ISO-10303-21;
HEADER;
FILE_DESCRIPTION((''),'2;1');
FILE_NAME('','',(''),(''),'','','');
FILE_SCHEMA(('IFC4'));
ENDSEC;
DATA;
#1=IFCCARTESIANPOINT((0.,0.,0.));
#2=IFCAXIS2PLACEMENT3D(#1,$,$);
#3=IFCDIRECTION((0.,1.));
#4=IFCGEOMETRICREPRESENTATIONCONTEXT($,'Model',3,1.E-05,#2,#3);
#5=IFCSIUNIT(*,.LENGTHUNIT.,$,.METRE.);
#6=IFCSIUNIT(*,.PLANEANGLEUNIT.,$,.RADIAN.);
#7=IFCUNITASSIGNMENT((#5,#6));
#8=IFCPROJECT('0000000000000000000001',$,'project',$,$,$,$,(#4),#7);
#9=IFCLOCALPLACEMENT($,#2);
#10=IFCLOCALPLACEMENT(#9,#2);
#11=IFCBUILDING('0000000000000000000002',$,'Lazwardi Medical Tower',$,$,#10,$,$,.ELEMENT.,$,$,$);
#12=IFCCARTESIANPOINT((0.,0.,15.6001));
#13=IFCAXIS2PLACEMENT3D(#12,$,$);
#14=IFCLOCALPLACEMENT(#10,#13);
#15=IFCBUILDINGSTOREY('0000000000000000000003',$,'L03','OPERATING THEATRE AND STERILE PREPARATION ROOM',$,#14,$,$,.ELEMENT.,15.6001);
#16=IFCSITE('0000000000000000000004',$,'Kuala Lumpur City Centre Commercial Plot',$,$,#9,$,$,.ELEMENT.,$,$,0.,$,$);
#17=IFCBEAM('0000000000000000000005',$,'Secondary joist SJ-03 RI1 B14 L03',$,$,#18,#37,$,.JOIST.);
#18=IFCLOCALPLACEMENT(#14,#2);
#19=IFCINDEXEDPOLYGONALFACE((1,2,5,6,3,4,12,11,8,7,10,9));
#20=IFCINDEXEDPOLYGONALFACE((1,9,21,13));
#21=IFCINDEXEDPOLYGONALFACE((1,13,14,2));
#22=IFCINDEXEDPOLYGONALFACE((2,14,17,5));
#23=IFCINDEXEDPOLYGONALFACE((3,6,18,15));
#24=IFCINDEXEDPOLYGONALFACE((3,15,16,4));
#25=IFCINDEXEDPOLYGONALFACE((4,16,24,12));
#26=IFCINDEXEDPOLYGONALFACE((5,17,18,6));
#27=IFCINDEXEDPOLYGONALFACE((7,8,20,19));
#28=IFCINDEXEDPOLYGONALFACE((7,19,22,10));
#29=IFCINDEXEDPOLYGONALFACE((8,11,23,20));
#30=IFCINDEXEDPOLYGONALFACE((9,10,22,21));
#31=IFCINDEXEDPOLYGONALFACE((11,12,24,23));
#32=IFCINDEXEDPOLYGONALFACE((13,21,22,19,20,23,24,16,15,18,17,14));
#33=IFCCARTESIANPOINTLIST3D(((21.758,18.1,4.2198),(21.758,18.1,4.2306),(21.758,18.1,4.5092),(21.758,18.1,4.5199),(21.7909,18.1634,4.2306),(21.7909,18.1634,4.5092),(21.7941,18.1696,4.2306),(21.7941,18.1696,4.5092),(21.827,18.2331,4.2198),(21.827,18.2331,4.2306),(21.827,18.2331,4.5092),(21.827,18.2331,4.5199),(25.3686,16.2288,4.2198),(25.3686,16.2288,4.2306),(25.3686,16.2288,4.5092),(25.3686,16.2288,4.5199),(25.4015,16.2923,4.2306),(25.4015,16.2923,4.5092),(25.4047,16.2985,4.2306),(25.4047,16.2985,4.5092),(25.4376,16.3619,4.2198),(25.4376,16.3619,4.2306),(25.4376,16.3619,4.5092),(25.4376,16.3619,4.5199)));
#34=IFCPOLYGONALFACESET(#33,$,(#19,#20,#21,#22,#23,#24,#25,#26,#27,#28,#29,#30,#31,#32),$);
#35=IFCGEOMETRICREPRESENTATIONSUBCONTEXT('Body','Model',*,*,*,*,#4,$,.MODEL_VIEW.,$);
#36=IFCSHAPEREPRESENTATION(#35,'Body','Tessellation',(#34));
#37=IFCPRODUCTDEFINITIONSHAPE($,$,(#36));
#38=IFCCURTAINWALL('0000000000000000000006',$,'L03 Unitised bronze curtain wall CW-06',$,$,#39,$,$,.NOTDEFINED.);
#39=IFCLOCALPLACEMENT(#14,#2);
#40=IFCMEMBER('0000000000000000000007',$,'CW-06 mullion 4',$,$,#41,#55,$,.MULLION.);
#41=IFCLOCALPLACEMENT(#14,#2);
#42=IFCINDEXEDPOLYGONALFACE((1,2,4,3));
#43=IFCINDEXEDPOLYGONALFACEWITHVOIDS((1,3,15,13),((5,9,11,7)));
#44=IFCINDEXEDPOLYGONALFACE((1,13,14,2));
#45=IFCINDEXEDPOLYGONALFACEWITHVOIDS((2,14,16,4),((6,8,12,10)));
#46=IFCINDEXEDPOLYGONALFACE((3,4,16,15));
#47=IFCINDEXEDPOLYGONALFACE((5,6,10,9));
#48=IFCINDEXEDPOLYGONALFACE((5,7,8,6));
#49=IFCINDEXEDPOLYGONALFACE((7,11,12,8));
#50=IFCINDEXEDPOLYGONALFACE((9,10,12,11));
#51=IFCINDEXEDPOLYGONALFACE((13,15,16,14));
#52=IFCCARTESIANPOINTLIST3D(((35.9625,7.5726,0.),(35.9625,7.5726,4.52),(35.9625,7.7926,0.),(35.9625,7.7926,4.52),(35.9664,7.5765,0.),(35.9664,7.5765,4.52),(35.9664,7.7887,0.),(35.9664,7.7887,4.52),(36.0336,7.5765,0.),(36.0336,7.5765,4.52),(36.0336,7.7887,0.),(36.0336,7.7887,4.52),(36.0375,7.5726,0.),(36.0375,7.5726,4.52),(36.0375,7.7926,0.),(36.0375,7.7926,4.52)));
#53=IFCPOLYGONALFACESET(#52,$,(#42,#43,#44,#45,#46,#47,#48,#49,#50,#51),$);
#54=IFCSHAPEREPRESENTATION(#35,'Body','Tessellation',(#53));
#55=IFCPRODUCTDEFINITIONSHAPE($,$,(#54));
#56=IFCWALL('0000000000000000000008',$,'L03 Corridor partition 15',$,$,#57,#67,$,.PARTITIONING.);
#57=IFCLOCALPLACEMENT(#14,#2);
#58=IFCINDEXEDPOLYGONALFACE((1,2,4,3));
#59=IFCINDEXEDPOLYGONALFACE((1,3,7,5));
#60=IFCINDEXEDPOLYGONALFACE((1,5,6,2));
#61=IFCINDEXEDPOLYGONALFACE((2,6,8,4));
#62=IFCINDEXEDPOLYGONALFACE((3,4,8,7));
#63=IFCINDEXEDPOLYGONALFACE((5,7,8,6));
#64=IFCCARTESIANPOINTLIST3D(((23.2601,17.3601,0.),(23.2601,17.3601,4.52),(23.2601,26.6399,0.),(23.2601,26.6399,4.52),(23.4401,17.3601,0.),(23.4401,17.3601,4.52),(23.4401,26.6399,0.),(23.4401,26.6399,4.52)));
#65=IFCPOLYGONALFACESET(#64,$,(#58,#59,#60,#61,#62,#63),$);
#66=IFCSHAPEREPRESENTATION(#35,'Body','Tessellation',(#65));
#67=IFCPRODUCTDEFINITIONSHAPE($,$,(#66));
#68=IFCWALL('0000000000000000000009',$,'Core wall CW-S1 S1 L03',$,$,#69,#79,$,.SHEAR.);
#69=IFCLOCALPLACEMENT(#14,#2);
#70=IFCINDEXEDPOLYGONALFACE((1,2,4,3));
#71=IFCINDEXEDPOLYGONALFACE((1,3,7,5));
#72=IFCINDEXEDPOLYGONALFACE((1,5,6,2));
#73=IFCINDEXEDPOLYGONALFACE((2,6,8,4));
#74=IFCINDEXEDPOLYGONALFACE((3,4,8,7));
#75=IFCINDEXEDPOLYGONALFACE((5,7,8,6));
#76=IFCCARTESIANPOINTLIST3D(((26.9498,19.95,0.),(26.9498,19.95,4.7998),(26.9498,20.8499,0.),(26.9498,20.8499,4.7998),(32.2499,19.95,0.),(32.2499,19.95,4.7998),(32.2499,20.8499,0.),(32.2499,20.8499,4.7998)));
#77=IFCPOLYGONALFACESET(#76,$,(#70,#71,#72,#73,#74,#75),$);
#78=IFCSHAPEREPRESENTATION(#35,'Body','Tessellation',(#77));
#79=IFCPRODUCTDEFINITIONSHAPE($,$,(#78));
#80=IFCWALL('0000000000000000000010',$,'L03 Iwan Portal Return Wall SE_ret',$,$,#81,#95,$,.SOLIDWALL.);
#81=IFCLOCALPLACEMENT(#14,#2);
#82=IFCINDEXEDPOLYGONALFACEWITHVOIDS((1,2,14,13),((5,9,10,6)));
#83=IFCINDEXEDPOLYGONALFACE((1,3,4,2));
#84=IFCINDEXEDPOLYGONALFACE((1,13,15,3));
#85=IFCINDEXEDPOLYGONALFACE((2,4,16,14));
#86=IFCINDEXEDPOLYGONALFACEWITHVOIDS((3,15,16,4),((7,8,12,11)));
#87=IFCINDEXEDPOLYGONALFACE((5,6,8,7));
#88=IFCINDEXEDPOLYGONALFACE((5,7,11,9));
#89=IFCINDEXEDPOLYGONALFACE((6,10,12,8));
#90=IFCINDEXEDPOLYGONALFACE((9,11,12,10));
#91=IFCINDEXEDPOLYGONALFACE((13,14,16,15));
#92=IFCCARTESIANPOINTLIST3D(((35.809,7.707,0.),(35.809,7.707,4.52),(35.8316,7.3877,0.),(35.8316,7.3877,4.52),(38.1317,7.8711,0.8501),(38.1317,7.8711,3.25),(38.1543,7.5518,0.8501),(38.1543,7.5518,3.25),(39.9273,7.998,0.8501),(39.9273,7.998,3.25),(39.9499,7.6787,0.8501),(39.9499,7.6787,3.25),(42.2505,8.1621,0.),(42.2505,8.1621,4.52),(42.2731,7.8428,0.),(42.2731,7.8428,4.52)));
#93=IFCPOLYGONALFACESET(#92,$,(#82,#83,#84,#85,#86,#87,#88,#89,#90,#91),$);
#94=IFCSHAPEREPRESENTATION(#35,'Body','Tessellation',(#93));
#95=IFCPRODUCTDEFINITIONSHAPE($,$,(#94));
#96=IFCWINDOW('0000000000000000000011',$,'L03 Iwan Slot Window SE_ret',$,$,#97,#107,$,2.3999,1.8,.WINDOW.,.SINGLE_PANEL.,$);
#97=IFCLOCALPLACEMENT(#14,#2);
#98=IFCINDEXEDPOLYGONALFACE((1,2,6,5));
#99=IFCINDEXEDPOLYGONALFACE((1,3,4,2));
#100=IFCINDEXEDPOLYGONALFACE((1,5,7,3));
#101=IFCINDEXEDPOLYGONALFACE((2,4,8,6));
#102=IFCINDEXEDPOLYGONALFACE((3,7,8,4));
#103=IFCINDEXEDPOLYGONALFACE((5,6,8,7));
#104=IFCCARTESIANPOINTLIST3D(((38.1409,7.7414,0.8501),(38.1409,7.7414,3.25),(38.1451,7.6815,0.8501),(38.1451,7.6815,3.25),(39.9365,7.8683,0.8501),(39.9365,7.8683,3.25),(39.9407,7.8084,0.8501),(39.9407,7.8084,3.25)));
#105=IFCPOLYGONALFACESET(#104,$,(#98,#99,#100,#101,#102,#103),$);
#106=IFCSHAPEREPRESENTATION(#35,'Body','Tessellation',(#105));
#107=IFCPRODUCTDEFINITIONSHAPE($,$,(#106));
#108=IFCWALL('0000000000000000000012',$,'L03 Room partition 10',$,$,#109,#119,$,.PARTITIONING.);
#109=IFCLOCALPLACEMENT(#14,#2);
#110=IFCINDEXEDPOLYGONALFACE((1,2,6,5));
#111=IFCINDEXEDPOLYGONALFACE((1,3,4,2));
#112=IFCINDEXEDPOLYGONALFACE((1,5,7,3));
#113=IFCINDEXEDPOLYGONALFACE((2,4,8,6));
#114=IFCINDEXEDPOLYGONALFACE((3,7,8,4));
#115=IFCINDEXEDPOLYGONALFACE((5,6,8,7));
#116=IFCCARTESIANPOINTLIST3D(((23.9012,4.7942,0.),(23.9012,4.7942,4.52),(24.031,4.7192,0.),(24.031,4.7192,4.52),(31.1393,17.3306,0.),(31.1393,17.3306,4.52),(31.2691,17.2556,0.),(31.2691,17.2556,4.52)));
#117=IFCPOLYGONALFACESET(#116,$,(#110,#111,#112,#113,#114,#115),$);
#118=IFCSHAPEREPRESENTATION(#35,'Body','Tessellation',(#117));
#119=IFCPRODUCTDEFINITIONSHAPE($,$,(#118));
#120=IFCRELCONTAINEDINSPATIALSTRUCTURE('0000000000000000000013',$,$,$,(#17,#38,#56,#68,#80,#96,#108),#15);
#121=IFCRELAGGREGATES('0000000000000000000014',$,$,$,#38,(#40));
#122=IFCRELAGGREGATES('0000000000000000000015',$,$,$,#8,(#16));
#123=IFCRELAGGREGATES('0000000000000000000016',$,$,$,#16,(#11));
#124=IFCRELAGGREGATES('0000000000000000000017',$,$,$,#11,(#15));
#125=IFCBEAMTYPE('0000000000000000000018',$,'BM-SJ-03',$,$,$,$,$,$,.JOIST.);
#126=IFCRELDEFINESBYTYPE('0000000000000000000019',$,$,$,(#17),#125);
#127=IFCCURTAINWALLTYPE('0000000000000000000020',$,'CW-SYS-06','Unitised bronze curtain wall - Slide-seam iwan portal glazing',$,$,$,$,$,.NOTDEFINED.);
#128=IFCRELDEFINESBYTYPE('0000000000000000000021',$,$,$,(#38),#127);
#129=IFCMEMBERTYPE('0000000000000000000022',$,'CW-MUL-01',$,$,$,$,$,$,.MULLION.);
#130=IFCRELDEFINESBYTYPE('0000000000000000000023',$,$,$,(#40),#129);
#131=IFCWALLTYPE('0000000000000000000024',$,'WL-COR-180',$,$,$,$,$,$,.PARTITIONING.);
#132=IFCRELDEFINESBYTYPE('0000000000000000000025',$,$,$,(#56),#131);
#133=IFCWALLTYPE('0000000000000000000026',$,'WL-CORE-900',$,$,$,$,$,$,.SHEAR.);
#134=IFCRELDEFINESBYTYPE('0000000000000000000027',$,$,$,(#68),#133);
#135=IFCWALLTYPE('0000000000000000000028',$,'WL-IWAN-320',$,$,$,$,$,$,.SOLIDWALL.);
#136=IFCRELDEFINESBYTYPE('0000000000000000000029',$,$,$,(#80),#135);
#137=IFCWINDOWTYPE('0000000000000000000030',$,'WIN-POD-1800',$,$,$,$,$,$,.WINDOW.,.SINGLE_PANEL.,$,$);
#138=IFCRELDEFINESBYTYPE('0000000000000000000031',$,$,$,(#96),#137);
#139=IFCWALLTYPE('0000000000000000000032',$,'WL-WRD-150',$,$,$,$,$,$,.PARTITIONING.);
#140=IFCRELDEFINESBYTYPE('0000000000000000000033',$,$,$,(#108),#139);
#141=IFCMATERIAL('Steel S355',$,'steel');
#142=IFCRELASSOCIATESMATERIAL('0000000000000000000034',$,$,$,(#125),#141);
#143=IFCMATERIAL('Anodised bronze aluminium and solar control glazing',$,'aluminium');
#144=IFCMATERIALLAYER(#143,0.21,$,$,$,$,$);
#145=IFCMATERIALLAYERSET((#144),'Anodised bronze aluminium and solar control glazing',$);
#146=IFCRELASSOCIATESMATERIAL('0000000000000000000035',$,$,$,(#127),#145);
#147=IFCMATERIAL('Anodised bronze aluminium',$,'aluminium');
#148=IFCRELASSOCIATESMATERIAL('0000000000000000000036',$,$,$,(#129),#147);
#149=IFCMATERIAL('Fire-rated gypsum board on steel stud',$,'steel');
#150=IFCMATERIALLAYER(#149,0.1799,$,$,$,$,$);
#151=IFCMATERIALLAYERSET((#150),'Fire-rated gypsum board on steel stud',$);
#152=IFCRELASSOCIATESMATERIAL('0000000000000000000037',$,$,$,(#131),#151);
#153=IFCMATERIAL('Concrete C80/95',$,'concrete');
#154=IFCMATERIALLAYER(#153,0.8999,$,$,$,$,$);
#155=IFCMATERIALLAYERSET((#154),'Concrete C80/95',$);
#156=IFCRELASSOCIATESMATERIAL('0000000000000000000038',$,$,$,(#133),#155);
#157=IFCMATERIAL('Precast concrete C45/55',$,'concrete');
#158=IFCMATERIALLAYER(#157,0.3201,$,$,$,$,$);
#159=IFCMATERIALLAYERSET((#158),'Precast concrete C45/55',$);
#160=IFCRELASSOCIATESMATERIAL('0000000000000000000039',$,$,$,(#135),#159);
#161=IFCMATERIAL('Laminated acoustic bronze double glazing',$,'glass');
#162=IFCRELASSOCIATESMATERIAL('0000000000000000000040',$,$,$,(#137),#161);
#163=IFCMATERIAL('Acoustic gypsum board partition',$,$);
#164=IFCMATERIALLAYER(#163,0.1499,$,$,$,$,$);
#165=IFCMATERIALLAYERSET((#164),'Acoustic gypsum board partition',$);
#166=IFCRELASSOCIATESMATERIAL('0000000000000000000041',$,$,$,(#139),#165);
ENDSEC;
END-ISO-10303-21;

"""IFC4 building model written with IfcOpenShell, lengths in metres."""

from ifc_helpers import new_model, si_unit, direction, frame, frame_2d, origin, origin_2d, place, context, subcontext, project, spatial, rectangle, hollow_rectangle, i_section, extrude, material, layer, layer_set, material_profile, profile_set, type_object, element, fill, aggregate, save


model = new_model("IFC4")

# Units and contexts
model_context = context("Model", 3, precision=1e-05, world=origin(), true_north=direction((0.0, 1.0)))
body_context = subcontext(model_context, "Body", "Model", "MODEL_VIEW")
ifc_project = project(units=[si_unit("LENGTHUNIT", "METRE"), si_unit("PLANEANGLEUNIT", "RADIAN")], contexts=[model_context])

# Site, building, storey
site_placement = place(None, origin())
site = spatial("IfcSite", under=ifc_project, at=site_placement, Name="Kuala Lumpur City Centre Commercial Plot", CompositionType="ELEMENT", RefElevation=0.0)
building_placement = place(site_placement, origin())
building = spatial("IfcBuilding", under=site, at=building_placement, Name="Lazwardi Medical Tower", CompositionType="ELEMENT")
storey_placement = place(building_placement, frame((0.0, 0.0, 15.6001)))
storey = spatial("IfcBuildingStorey", under=building, at=storey_placement, Name="L03", Description="OPERATING THEATRE AND STERILE PREPARATION ROOM", CompositionType="ELEMENT", Elevation=15.6001)

# Shared definitions
ifc_material_1 = material(Name="Concrete C80/95", Category="concrete")

# Beam
ifc_material_2 = material(Name="Steel S355", Category="steel")
ifc_material_profile_1 = material_profile(ifc_material_2, i_section(OverallWidth=0.1499, OverallDepth=0.3, WebThickness=0.0071, FlangeThickness=0.0107, at=origin_2d()), Name="IPE 300")
ifc_profile_set_1 = profile_set([ifc_material_profile_1], Name="Steel S355")
beam_type_1 = type_object("IfcBeamType", Name="BM-SJ-03", PredefinedType="JOIST", material=ifc_profile_set_1)
beam_1_placement = place(storey_placement, frame((21.7925, 18.1665, 4.3699), z_axis=(0.887862, -0.46011, 0.0), x_axis=(0.46011, 0.887862, 0.0)))
element("IfcBeam", 1, at=beam_1_placement, inside=storey, type_object=beam_type_1, Name="Secondary joist SJ-03 RI1 B14 L03", PredefinedType="JOIST", context=body_context, shape_type="SweptSolid", body=[
    extrude(i_section(OverallWidth=0.1499, OverallDepth=0.3, WebThickness=0.0071, FlangeThickness=0.0107, at=origin_2d()), origin(), (0.0, 0.0, 1.0), 4.0667),
])

# Curtain wall, member
ifc_material_3 = material(Name="Anodised bronze aluminium and solar control glazing", Category="aluminium")
ifc_layer_1 = layer(ifc_material_3, 0.21)
ifc_layer_set_1 = layer_set([ifc_layer_1], Name="Anodised bronze aluminium and solar control glazing")
curtain_wall_type = type_object("IfcCurtainWallType", Name="CW-SYS-06", Description="Unitised bronze curtain wall - Slide-seam iwan portal glazing", PredefinedType="NOTDEFINED", material=ifc_layer_set_1)
curtain_wall_placement = place(storey_placement, origin())
curtain_wall = element("IfcCurtainWall", 2, at=curtain_wall_placement, inside=storey, type_object=curtain_wall_type, Name="L03 Unitised bronze curtain wall CW-06", PredefinedType="NOTDEFINED")
ifc_material_4 = material(Name="Anodised bronze aluminium", Category="aluminium")
ifc_material_profile_2 = material_profile(ifc_material_4, hollow_rectangle(XDim=0.075, YDim=0.22, WallThickness=0.0039, at=origin_2d()), Name="ALU-MULLION 220x75x4")
ifc_profile_set_2 = profile_set([ifc_material_profile_2], Name="Anodised bronze aluminium")
member_type = type_object("IfcMemberType", Name="CW-MUL-01", PredefinedType="MULLION", material=ifc_profile_set_2)
member_placement = place(storey_placement, frame((36.0, 7.6826, 0.0), z_axis=(0.0, 0.0, 1.0), x_axis=(-1.0, 0.0, 0.0)))
member = element("IfcMember", 3, at=member_placement, type_object=member_type, Name="CW-06 mullion 4", PredefinedType="MULLION", context=body_context, shape_type="SweptSolid", body=[
    extrude(hollow_rectangle(XDim=0.075, YDim=0.22, WallThickness=0.0039, at=origin_2d()), origin(), (0.0, 0.0, 1.0), 4.52),
])
aggregate(curtain_wall, [member])

# Walls
ifc_material_5 = material(Name="Fire-rated gypsum board on steel stud", Category="steel")
ifc_layer_2 = layer(ifc_material_5, 0.1799)
ifc_layer_set_2 = layer_set([ifc_layer_2], Name="Fire-rated gypsum board on steel stud")
wall_type_1 = type_object("IfcWallType", Name="WL-COR-180", PredefinedType="PARTITIONING", material=ifc_layer_set_2)
wall_1_placement = place(storey_placement, frame((23.3501, 17.3601, 0.0), z_axis=(0.0, 0.0, 1.0), x_axis=(0.0, 1.0, 0.0)))
element("IfcWall", 4, at=wall_1_placement, inside=storey, type_object=wall_type_1, Name="L03 Corridor partition 15", PredefinedType="PARTITIONING", context=body_context, shape_type="SweptSolid", body=[
    extrude(rectangle(XDim=9.2798, YDim=0.1799, at=frame_2d((4.6399, 0.0))), origin(), (0.0, 0.0, 1.0), 4.52),
])
ifc_layer_3 = layer(ifc_material_1, 0.8999)
ifc_layer_set_3 = layer_set([ifc_layer_3], Name="Concrete C80/95")
wall_type_2 = type_object("IfcWallType", Name="WL-CORE-900", PredefinedType="SHEAR", material=ifc_layer_set_3)
wall_2_placement = place(storey_placement, frame((26.95, 20.3999, 0.0), z_axis=(0.0, 0.0, 1.0), x_axis=(1.0, 0.0, 0.0)))
element("IfcWall", 5, at=wall_2_placement, inside=storey, type_object=wall_type_2, Name="Core wall CW-S1 S1 L03", PredefinedType="SHEAR", context=body_context, shape_type="SweptSolid", body=[
    extrude(rectangle(XDim=5.3, YDim=0.8999, at=frame_2d((2.6499, 0.0))), origin(), (0.0, 0.0, 1.0), 4.7998),
])

# Wall, opening, window
ifc_material_6 = material(Name="Precast concrete C45/55", Category="concrete")
ifc_layer_4 = layer(ifc_material_6, 0.3201)
ifc_layer_set_4 = layer_set([ifc_layer_4], Name="Precast concrete C45/55")
wall_type_3 = type_object("IfcWallType", Name="WL-IWAN-320", PredefinedType="SOLIDWALL", material=ifc_layer_set_4)
wall_3_placement = place(storey_placement, frame((35.8203, 7.5474, 0.0), z_axis=(0.0, 0.0, 1.0), x_axis=(0.997514, 0.070473, 0.0)))
wall_3 = element("IfcWall", 6, at=wall_3_placement, inside=storey, type_object=wall_type_3, Name="L03 Iwan Portal Return Wall SE_ret", PredefinedType="SOLIDWALL", context=body_context, shape_type="SweptSolid", body=[
    extrude(rectangle(XDim=6.4575, YDim=0.3201, at=frame_2d((3.2288, 0.0))), origin(), (0.0, 0.0, 1.0), 4.52),
])
opening_placement = place(wall_3_placement, frame((2.3286, 0.0, 0.8501)))
opening = element("IfcOpeningElement", 7, at=opening_placement, cuts=wall_3, PredefinedType="OPENING", context=body_context, shape_type="SweptSolid", body=[
    extrude(rectangle(XDim=1.8, YDim=2.3999, at=frame_2d((0.8999, 1.2))), frame((0.0, 0.1699, 0.0), z_axis=(0.0, -1.0, 0.0), x_axis=(1.0, 0.0, 0.0)), (0.0, 0.0, 1.0), 0.3401),
])
ifc_material_7 = material(Name="Laminated acoustic bronze double glazing", Category="glass")
window_type = type_object("IfcWindowType", Name="WIN-POD-1800", PartitioningType="SINGLE_PANEL", PredefinedType="WINDOW", material=ifc_material_7)
window_placement = place(opening_placement, origin())
window = element("IfcWindow", 8, at=window_placement, inside=storey, type_object=window_type, Name="L03 Iwan Slot Window SE_ret", OverallHeight=2.3999, OverallWidth=1.8, PartitioningType="SINGLE_PANEL", PredefinedType="WINDOW", context=body_context, shape_type="SweptSolid", body=[
    extrude(rectangle(XDim=1.8, YDim=2.3999, at=frame_2d((0.8999, 1.2))), frame((0.0, 0.03, 0.0), z_axis=(0.0, -1.0, 0.0), x_axis=(1.0, 0.0, 0.0)), (0.0, 0.0, 1.0), 0.0601),
])
fill(opening, window)

# Wall
ifc_material_8 = material(Name="Acoustic gypsum board partition")
ifc_layer_5 = layer(ifc_material_8, 0.1499)
ifc_layer_set_5 = layer_set([ifc_layer_5], Name="Acoustic gypsum board partition")
wall_type_4 = type_object("IfcWallType", Name="WL-WRD-150", PredefinedType="PARTITIONING", material=ifc_layer_set_5)
wall_4_placement = place(storey_placement, frame((31.2041, 17.293, 0.0), z_axis=(0.0, 0.0, 1.0), x_axis=(-0.500008, -0.866021, 0.0)))
element("IfcWall", 9, at=wall_4_placement, inside=storey, type_object=wall_type_4, Name="L03 Room partition 10", PredefinedType="PARTITIONING", context=body_context, shape_type="SweptSolid", body=[
    extrude(rectangle(XDim=14.4758, YDim=0.1499, at=frame_2d((7.2378, 0.0))), origin(), (0.0, 0.0, 1.0), 4.52),
])

save(model, "model.ifc")
